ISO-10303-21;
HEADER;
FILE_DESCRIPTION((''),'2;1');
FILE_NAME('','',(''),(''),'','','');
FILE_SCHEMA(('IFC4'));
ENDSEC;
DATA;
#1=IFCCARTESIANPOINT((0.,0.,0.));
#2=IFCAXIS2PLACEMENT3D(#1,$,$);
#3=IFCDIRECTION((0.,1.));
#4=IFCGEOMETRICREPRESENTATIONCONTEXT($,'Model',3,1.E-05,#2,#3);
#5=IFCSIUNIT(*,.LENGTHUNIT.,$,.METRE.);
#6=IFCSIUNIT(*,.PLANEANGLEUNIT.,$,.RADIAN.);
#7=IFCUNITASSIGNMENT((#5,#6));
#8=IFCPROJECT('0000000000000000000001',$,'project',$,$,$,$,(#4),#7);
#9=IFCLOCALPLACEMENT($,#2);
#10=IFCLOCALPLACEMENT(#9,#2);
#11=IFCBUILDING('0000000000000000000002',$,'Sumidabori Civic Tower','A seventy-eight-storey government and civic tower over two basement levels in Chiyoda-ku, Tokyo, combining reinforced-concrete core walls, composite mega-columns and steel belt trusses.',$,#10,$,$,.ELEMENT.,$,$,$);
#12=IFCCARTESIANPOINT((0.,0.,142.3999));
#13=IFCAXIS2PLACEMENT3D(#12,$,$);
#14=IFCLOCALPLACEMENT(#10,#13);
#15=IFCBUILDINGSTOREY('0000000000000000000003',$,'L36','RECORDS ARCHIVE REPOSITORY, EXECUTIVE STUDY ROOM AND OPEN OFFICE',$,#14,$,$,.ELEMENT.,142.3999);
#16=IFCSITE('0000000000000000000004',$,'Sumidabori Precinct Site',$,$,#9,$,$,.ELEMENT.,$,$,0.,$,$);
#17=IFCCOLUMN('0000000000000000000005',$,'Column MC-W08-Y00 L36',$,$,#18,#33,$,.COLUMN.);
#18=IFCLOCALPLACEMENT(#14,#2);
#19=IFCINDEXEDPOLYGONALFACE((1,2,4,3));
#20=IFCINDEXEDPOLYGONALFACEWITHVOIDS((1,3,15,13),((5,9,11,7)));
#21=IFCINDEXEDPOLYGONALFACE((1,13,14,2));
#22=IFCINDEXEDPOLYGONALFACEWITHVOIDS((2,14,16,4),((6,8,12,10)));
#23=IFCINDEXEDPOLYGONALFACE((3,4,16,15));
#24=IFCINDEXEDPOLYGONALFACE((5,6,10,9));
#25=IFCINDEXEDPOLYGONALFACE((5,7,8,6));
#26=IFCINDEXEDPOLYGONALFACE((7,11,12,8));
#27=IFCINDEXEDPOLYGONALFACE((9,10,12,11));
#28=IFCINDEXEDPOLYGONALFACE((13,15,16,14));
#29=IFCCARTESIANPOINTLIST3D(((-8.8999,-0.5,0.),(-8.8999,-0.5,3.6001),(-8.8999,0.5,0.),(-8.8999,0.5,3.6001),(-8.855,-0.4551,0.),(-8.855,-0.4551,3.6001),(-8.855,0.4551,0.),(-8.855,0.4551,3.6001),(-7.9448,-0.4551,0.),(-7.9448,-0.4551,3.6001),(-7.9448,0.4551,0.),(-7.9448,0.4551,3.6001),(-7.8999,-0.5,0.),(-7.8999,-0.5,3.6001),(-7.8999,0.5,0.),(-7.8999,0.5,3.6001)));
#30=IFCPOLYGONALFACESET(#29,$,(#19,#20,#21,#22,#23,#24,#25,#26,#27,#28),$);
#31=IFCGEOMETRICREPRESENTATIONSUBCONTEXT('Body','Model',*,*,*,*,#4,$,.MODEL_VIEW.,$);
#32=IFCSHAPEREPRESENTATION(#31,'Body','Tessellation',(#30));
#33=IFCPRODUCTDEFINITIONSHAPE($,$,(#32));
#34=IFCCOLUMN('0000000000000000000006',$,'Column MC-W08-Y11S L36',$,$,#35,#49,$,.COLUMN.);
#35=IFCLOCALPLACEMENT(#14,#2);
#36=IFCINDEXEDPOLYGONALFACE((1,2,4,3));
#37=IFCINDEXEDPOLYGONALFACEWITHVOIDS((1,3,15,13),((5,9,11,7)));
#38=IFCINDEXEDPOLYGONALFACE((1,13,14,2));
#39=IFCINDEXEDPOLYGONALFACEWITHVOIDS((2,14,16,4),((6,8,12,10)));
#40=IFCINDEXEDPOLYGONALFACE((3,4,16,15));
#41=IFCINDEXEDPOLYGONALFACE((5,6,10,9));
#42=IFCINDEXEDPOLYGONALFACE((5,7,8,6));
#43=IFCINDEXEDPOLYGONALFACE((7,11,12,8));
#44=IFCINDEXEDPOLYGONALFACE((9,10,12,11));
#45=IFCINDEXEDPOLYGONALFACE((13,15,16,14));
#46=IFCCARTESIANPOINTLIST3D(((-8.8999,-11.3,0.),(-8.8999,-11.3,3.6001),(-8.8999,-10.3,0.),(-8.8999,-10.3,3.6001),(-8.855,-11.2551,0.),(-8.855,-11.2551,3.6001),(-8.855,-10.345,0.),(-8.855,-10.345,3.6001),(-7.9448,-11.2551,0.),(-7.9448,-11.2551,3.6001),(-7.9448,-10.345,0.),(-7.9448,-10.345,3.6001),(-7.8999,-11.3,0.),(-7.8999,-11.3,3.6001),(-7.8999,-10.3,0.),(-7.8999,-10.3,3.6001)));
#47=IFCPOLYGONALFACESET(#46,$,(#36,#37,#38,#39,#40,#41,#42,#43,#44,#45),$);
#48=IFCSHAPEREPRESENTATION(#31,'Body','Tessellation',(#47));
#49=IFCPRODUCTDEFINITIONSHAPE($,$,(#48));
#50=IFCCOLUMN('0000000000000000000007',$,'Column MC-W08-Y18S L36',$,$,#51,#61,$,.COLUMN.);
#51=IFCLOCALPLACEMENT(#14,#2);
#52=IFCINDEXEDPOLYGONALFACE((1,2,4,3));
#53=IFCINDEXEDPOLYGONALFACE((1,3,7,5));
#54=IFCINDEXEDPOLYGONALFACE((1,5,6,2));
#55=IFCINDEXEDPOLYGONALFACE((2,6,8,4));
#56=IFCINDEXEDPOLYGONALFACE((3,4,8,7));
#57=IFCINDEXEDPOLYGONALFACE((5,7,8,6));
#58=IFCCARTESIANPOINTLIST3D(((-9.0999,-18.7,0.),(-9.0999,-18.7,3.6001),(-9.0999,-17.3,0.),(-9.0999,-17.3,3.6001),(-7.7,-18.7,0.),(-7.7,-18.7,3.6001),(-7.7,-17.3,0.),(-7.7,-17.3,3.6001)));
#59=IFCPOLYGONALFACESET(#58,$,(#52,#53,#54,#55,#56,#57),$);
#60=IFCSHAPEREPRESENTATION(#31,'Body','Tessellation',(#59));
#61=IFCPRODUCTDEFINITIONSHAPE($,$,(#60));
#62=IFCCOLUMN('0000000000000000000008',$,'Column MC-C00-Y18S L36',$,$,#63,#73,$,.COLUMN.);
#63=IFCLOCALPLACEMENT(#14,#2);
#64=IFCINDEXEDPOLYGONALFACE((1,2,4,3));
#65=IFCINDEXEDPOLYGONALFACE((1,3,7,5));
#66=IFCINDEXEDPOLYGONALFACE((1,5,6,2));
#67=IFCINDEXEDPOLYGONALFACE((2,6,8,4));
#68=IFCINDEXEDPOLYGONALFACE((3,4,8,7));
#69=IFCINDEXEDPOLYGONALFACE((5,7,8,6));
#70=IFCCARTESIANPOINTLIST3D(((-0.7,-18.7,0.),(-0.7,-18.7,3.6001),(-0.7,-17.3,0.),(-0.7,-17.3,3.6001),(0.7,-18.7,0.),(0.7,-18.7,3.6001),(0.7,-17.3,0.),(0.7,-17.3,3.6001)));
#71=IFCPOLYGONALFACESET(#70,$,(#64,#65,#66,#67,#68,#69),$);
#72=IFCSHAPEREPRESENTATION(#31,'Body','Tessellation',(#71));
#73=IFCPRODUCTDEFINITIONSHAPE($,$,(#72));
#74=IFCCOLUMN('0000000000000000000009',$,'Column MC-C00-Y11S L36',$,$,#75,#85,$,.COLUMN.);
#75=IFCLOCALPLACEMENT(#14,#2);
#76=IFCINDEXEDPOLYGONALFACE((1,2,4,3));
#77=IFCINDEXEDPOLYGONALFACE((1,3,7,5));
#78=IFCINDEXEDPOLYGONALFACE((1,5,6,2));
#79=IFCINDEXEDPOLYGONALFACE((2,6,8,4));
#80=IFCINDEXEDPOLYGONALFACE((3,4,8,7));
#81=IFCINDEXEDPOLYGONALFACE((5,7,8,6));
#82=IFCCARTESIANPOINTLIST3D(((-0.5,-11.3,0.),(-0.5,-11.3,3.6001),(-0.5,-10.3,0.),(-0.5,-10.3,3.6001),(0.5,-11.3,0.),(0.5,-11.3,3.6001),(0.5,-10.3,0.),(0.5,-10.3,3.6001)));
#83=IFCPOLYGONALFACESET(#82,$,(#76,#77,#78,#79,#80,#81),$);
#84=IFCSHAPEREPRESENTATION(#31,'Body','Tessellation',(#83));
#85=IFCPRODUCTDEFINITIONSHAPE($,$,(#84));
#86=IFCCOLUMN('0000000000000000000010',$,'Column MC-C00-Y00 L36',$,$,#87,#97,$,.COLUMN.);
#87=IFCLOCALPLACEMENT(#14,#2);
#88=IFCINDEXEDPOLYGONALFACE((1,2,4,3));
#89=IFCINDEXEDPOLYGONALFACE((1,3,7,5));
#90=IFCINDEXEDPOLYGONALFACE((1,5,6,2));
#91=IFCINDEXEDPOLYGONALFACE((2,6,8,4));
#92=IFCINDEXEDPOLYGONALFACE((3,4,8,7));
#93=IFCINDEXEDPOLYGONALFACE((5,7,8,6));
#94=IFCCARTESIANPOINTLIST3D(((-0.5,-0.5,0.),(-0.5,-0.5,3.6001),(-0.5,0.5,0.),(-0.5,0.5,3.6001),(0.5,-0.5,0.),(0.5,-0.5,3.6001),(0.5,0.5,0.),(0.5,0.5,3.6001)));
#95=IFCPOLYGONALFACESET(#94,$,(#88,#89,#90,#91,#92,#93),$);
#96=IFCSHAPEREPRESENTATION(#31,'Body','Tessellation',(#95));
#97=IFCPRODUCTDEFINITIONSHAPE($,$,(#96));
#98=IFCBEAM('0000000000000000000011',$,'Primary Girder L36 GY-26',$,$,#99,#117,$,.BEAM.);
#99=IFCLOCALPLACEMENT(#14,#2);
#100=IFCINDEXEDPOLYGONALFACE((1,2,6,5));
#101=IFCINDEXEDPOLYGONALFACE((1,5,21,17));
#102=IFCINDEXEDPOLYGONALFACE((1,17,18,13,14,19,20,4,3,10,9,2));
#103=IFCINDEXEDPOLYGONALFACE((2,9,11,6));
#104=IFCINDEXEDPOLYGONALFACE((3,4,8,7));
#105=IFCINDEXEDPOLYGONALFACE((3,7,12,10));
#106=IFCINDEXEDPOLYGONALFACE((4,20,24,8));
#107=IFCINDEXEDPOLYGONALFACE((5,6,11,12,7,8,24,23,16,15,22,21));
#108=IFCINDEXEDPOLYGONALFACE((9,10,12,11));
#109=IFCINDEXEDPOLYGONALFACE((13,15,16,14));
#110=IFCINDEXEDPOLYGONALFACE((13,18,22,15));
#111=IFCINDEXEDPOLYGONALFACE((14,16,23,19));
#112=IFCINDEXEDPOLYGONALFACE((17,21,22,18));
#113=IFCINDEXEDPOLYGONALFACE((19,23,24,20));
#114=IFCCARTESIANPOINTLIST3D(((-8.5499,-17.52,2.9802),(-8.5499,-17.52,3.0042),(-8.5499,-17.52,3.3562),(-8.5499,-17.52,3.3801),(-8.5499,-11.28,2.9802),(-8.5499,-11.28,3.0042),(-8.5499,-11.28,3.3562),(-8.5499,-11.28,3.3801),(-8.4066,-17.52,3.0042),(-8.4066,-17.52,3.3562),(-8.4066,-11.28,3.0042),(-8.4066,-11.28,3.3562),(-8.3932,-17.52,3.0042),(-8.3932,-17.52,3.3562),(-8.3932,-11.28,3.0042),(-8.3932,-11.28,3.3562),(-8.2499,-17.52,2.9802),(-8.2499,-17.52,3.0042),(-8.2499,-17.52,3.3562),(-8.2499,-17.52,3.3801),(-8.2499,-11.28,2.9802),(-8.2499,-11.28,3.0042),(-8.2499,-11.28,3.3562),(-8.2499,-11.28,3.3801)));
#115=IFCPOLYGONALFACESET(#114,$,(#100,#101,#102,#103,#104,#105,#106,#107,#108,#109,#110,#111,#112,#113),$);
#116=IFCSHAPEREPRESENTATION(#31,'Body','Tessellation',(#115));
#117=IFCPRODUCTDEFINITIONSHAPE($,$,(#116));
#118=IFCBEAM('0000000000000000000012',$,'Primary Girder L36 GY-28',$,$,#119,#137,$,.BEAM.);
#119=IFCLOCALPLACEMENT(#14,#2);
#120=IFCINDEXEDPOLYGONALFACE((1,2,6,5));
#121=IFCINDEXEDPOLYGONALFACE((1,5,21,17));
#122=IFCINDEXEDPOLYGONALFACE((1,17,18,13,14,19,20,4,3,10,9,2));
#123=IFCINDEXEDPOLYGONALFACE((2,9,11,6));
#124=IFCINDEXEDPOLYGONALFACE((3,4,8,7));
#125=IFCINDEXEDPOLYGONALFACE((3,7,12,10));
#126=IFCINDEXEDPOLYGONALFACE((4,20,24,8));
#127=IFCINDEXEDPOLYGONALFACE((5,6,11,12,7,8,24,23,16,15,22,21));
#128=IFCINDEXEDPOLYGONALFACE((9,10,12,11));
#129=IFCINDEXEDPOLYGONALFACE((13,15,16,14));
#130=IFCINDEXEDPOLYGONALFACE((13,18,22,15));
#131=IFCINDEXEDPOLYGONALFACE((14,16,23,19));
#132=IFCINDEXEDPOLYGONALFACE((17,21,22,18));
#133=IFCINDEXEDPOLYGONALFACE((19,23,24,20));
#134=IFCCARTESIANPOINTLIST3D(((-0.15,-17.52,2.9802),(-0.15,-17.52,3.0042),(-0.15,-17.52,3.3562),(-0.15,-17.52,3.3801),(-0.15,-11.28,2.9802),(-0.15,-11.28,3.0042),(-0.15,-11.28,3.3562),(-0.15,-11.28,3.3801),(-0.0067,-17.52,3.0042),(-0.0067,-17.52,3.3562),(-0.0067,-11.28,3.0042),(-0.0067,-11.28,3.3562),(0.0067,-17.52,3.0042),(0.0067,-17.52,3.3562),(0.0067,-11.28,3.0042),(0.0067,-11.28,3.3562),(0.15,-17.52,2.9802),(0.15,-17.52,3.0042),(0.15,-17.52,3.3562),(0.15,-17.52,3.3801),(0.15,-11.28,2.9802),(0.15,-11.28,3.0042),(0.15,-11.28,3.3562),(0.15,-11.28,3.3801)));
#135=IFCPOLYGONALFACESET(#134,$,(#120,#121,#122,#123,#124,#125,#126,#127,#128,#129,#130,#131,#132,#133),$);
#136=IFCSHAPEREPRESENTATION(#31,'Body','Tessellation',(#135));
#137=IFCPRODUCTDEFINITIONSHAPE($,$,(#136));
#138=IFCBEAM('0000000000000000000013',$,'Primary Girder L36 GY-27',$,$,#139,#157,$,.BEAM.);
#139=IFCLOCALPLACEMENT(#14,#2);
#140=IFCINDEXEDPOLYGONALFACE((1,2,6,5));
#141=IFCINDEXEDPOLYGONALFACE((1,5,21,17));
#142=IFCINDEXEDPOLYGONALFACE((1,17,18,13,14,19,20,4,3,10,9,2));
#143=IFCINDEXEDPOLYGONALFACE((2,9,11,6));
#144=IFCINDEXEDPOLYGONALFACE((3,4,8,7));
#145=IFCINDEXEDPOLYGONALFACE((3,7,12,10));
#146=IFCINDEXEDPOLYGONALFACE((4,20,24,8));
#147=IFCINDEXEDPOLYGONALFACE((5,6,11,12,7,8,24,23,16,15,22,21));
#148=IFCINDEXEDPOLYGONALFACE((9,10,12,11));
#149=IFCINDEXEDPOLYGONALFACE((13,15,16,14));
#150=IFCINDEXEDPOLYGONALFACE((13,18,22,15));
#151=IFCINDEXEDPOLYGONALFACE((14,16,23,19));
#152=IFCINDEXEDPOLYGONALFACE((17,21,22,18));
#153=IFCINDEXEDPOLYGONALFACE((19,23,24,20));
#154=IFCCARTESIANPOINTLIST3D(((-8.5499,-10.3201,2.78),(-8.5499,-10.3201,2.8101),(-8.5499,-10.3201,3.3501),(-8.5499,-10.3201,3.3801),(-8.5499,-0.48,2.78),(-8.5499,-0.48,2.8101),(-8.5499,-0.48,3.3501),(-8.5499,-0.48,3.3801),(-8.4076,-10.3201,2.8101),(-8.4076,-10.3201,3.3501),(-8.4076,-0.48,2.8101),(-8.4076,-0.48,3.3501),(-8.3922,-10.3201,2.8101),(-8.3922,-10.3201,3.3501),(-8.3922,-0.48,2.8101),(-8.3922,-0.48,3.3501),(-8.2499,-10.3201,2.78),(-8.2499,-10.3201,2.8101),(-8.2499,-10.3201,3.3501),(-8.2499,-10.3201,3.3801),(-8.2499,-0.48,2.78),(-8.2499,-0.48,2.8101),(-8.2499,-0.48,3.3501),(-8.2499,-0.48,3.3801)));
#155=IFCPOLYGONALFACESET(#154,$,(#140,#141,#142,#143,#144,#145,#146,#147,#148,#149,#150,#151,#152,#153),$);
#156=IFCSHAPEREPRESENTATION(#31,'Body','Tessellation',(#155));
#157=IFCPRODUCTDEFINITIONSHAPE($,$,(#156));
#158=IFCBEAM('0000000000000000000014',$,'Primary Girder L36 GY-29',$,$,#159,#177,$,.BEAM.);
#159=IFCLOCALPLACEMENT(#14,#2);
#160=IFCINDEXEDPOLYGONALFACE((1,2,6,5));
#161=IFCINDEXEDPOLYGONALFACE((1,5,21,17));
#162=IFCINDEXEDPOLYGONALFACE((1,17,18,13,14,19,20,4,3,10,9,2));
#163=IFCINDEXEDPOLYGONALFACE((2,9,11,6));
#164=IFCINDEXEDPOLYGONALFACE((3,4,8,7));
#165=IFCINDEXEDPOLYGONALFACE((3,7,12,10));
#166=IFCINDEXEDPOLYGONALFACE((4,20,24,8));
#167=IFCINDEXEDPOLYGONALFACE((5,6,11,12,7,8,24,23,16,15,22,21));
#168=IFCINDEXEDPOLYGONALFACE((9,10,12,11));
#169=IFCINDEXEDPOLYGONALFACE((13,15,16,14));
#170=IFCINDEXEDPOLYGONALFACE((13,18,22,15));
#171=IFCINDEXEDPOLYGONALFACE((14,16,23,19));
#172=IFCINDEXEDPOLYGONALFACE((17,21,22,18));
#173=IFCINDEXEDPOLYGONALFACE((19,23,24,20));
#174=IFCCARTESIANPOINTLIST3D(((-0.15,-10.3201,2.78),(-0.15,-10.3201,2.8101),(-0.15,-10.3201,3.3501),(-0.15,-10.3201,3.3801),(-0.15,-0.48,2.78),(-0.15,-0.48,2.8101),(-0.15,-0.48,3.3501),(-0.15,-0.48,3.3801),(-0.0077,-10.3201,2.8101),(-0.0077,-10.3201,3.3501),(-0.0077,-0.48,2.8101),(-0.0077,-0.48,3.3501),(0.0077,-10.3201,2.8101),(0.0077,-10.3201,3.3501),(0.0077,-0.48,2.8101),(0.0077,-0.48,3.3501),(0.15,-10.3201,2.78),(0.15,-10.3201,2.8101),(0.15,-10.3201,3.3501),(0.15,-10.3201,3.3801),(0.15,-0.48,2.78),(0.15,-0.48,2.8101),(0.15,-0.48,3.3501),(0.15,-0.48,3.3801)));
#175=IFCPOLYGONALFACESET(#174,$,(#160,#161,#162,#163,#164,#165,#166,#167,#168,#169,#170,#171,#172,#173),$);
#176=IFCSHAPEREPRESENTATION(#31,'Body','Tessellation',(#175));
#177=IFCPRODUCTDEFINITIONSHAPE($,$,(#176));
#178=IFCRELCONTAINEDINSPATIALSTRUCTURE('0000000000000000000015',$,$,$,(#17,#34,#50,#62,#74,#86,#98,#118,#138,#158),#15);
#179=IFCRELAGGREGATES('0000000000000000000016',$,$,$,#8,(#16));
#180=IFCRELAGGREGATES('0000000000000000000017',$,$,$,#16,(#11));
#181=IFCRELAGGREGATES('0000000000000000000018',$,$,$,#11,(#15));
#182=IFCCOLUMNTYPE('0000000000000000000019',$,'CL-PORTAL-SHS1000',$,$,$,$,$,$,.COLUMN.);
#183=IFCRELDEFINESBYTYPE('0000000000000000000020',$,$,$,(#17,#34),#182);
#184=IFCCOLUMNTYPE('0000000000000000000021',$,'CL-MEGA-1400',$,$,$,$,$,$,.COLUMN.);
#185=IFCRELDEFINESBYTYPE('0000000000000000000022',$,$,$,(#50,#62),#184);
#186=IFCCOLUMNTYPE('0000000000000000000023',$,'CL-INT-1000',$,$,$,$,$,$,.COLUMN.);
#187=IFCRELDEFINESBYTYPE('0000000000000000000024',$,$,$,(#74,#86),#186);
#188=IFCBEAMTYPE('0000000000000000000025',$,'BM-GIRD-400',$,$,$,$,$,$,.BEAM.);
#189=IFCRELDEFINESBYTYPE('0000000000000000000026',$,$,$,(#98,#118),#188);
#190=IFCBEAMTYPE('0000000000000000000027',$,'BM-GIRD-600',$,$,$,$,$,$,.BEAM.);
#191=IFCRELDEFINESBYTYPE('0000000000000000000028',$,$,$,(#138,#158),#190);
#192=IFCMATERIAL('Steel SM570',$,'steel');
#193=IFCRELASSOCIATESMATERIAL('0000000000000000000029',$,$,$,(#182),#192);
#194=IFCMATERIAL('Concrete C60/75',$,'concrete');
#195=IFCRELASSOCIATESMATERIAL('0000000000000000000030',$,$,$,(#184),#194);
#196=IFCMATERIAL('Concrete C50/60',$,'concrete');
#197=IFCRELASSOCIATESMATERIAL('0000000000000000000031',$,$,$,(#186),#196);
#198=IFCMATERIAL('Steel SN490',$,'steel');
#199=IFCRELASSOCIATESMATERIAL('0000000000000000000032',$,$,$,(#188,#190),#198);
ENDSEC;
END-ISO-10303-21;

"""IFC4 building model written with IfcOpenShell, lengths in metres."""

from ifc_helpers import new_model, si_unit, direction, frame, origin, origin_2d, place, context, subcontext, project, spatial, rectangle, hollow_rectangle, i_section, extrude, source, transform, mapped, material, material_profile, profile_set, type_object, element, save


model = new_model("IFC4")

# Units and contexts
model_context = context("Model", 3, precision=1e-05, world=origin(), true_north=direction((0.0, 1.0)))
body_context = subcontext(model_context, "Body", "Model", "MODEL_VIEW")
ifc_project = project(units=[si_unit("LENGTHUNIT", "METRE"), si_unit("PLANEANGLEUNIT", "RADIAN")], contexts=[model_context])

# Site, building, storey
site_placement = place(None, origin())
site = spatial("IfcSite", under=ifc_project, at=site_placement, Name="Sumidabori Precinct Site", CompositionType="ELEMENT", RefElevation=0.0)
building_placement = place(site_placement, origin())
building = spatial("IfcBuilding", under=site, at=building_placement, Name="Sumidabori Civic Tower", Description="A seventy-eight-storey government and civic tower over two basement levels in Chiyoda-ku, Tokyo, combining reinforced-concrete core walls, composite mega-columns and steel belt trusses.", CompositionType="ELEMENT")
storey_placement = place(building_placement, frame((0.0, 0.0, 142.3999)))
storey = spatial("IfcBuildingStorey", under=building, at=storey_placement, Name="L36", Description="RECORDS ARCHIVE REPOSITORY, EXECUTIVE STUDY ROOM AND OPEN OFFICE", CompositionType="ELEMENT", Elevation=142.3999)

# Columns
ifc_material_1 = material(Name="Steel SM570", Category="steel")
ifc_material_profile_1 = material_profile(ifc_material_1, hollow_rectangle(XDim=1.0, YDim=1.0, WallThickness=0.0449, at=origin_2d()), Name="SHS 1000x1000x45")
ifc_profile_set_1 = profile_set([ifc_material_profile_1], Name="Steel SM570")
column_type_1 = type_object("IfcColumnType", Name="CL-PORTAL-SHS1000", PredefinedType="COLUMN", material=ifc_profile_set_1)
shared_shape_1 = source(origin(), body_context, "Body", "SweptSolid", [
    extrude(hollow_rectangle(XDim=1.0, YDim=1.0, WallThickness=0.0449, at=origin_2d()), origin(), (0.0, 0.0, 1.0), 3.6001),
])
for number, where, z_axis, x_axis, name in (
    (1, (-8.3999, 0.0, 0.0), (0.0, 0.0, 1.0), (1.0, 0.0, 0.0), "Column MC-W08-Y00 L36"),
    (2, (-8.3999, -10.8, 0.0), (0.0, 0.0, 1.0), (1.0, 0.0, 0.0), "Column MC-W08-Y11S L36"),
):
    element("IfcColumn", number, at=place(storey_placement, frame(where, z_axis=z_axis, x_axis=x_axis)), inside=storey, type_object=column_type_1, Name=name, PredefinedType="COLUMN", context=body_context, shape_type="MappedRepresentation", body=[
        mapped(shared_shape_1, transform((0.0, 0.0, 0.0), x_axis=(1.0, 0.0, 0.0), y_axis=(0.0, 1.0, 0.0), z_axis=(0.0, 0.0, 1.0), scale=1.0)),
    ])
ifc_material_2 = material(Name="Concrete C60/75", Category="concrete")
ifc_material_profile_2 = material_profile(ifc_material_2, rectangle(XDim=1.3999, YDim=1.3999, at=origin_2d()), Name="RC 1400x1400")
ifc_profile_set_2 = profile_set([ifc_material_profile_2], Name="Concrete C60/75")
column_type_2 = type_object("IfcColumnType", Name="CL-MEGA-1400", PredefinedType="COLUMN", material=ifc_profile_set_2)
shared_shape_2 = source(origin(), body_context, "Body", "SweptSolid", [
    extrude(rectangle(XDim=1.3999, YDim=1.3999, at=origin_2d()), origin(), (0.0, 0.0, 1.0), 3.6001),
])
for number, where, z_axis, x_axis, name in (
    (3, (-8.3999, -18.0, 0.0), (0.0, 0.0, 1.0), (1.0, 0.0, 0.0), "Column MC-W08-Y18S L36"),
    (4, (0.0, -18.0, 0.0), (0.0, 0.0, 1.0), (1.0, 0.0, 0.0), "Column MC-C00-Y18S L36"),
):
    element("IfcColumn", number, at=place(storey_placement, frame(where, z_axis=z_axis, x_axis=x_axis)), inside=storey, type_object=column_type_2, Name=name, PredefinedType="COLUMN", context=body_context, shape_type="MappedRepresentation", body=[
        mapped(shared_shape_2, transform((0.0, 0.0, 0.0), x_axis=(1.0, 0.0, 0.0), y_axis=(0.0, 1.0, 0.0), z_axis=(0.0, 0.0, 1.0), scale=1.0)),
    ])
ifc_material_3 = material(Name="Concrete C50/60", Category="concrete")
ifc_material_profile_3 = material_profile(ifc_material_3, rectangle(XDim=1.0, YDim=1.0, at=origin_2d()), Name="RC 1000x1000")
ifc_profile_set_3 = profile_set([ifc_material_profile_3], Name="Concrete C50/60")
column_type_3 = type_object("IfcColumnType", Name="CL-INT-1000", PredefinedType="COLUMN", material=ifc_profile_set_3)
shared_shape_3 = source(origin(), body_context, "Body", "SweptSolid", [
    extrude(rectangle(XDim=1.0, YDim=1.0, at=origin_2d()), origin(), (0.0, 0.0, 1.0), 3.6001),
])
for number, where, z_axis, x_axis, name in (
    (5, (0.0, -10.8, 0.0), (0.0, 0.0, 1.0), (1.0, 0.0, 0.0), "Column MC-C00-Y11S L36"),
    (6, (0.0, 0.0, 0.0), (0.0, 0.0, 1.0), (1.0, 0.0, 0.0), "Column MC-C00-Y00 L36"),
):
    element("IfcColumn", number, at=place(storey_placement, frame(where, z_axis=z_axis, x_axis=x_axis)), inside=storey, type_object=column_type_3, Name=name, PredefinedType="COLUMN", context=body_context, shape_type="MappedRepresentation", body=[
        mapped(shared_shape_3, transform((0.0, 0.0, 0.0), x_axis=(1.0, 0.0, 0.0), y_axis=(0.0, 1.0, 0.0), z_axis=(0.0, 0.0, 1.0), scale=1.0)),
    ])

# Beams
ifc_material_4 = material(Name="Steel SN490", Category="steel")
ifc_material_profile_4 = material_profile(ifc_material_4, i_section(OverallWidth=0.3, OverallDepth=0.3999, WebThickness=0.0134, FlangeThickness=0.0239, at=origin_2d()), Name="HE 400 B")
ifc_profile_set_4 = profile_set([ifc_material_profile_4], Name="Steel SN490")
beam_type_1 = type_object("IfcBeamType", Name="BM-GIRD-400", PredefinedType="BEAM", material=ifc_profile_set_4)
shared_shape_4 = source(origin(), body_context, "Body", "SweptSolid", [
    extrude(i_section(OverallWidth=0.3, OverallDepth=0.3999, WebThickness=0.0134, FlangeThickness=0.0239, at=origin_2d()), origin(), (0.0, 0.0, 1.0), 6.24),
])
for number, where, z_axis, x_axis, name in (
    (7, (-8.3999, -17.52, 3.1802), (0.0, 1.0, 0.0), (-1.0, 0.0, 0.0), "Primary Girder L36 GY-26"),
    (8, (0.0, -17.52, 3.1802), (0.0, 1.0, 0.0), (-1.0, 0.0, 0.0), "Primary Girder L36 GY-28"),
):
    element("IfcBeam", number, at=place(storey_placement, frame(where, z_axis=z_axis, x_axis=x_axis)), inside=storey, type_object=beam_type_1, Name=name, PredefinedType="BEAM", context=body_context, shape_type="MappedRepresentation", body=[
        mapped(shared_shape_4, transform((0.0, 0.0, 0.0), x_axis=(1.0, 0.0, 0.0), y_axis=(0.0, 1.0, 0.0), z_axis=(0.0, 0.0, 1.0), scale=1.0)),
    ])
ifc_material_profile_5 = material_profile(ifc_material_4, i_section(OverallWidth=0.3, OverallDepth=0.6001, WebThickness=0.0154, FlangeThickness=0.03, at=origin_2d()), Name="HE 600 B")
ifc_profile_set_5 = profile_set([ifc_material_profile_5], Name="Steel SN490")
beam_type_2 = type_object("IfcBeamType", Name="BM-GIRD-600", PredefinedType="BEAM", material=ifc_profile_set_5)
shared_shape_5 = source(origin(), body_context, "Body", "SweptSolid", [
    extrude(i_section(OverallWidth=0.3, OverallDepth=0.6001, WebThickness=0.0154, FlangeThickness=0.03, at=origin_2d()), origin(), (0.0, 0.0, 1.0), 9.8401),
])
for number, where, z_axis, x_axis, name in (
    (9, (-8.3999, -10.3201, 3.0801), (0.0, 1.0, 0.0), (-1.0, 0.0, 0.0), "Primary Girder L36 GY-27"),
    (10, (0.0, -10.3201, 3.0801), (0.0, 1.0, 0.0), (-1.0, 0.0, 0.0), "Primary Girder L36 GY-29"),
):
    element("IfcBeam", number, at=place(storey_placement, frame(where, z_axis=z_axis, x_axis=x_axis)), inside=storey, type_object=beam_type_2, Name=name, PredefinedType="BEAM", context=body_context, shape_type="MappedRepresentation", body=[
        mapped(shared_shape_5, transform((0.0, 0.0, 0.0), x_axis=(1.0, 0.0, 0.0), y_axis=(0.0, 1.0, 0.0), z_axis=(0.0, 0.0, 1.0), scale=1.0)),
    ])

save(model, "model.ifc")
